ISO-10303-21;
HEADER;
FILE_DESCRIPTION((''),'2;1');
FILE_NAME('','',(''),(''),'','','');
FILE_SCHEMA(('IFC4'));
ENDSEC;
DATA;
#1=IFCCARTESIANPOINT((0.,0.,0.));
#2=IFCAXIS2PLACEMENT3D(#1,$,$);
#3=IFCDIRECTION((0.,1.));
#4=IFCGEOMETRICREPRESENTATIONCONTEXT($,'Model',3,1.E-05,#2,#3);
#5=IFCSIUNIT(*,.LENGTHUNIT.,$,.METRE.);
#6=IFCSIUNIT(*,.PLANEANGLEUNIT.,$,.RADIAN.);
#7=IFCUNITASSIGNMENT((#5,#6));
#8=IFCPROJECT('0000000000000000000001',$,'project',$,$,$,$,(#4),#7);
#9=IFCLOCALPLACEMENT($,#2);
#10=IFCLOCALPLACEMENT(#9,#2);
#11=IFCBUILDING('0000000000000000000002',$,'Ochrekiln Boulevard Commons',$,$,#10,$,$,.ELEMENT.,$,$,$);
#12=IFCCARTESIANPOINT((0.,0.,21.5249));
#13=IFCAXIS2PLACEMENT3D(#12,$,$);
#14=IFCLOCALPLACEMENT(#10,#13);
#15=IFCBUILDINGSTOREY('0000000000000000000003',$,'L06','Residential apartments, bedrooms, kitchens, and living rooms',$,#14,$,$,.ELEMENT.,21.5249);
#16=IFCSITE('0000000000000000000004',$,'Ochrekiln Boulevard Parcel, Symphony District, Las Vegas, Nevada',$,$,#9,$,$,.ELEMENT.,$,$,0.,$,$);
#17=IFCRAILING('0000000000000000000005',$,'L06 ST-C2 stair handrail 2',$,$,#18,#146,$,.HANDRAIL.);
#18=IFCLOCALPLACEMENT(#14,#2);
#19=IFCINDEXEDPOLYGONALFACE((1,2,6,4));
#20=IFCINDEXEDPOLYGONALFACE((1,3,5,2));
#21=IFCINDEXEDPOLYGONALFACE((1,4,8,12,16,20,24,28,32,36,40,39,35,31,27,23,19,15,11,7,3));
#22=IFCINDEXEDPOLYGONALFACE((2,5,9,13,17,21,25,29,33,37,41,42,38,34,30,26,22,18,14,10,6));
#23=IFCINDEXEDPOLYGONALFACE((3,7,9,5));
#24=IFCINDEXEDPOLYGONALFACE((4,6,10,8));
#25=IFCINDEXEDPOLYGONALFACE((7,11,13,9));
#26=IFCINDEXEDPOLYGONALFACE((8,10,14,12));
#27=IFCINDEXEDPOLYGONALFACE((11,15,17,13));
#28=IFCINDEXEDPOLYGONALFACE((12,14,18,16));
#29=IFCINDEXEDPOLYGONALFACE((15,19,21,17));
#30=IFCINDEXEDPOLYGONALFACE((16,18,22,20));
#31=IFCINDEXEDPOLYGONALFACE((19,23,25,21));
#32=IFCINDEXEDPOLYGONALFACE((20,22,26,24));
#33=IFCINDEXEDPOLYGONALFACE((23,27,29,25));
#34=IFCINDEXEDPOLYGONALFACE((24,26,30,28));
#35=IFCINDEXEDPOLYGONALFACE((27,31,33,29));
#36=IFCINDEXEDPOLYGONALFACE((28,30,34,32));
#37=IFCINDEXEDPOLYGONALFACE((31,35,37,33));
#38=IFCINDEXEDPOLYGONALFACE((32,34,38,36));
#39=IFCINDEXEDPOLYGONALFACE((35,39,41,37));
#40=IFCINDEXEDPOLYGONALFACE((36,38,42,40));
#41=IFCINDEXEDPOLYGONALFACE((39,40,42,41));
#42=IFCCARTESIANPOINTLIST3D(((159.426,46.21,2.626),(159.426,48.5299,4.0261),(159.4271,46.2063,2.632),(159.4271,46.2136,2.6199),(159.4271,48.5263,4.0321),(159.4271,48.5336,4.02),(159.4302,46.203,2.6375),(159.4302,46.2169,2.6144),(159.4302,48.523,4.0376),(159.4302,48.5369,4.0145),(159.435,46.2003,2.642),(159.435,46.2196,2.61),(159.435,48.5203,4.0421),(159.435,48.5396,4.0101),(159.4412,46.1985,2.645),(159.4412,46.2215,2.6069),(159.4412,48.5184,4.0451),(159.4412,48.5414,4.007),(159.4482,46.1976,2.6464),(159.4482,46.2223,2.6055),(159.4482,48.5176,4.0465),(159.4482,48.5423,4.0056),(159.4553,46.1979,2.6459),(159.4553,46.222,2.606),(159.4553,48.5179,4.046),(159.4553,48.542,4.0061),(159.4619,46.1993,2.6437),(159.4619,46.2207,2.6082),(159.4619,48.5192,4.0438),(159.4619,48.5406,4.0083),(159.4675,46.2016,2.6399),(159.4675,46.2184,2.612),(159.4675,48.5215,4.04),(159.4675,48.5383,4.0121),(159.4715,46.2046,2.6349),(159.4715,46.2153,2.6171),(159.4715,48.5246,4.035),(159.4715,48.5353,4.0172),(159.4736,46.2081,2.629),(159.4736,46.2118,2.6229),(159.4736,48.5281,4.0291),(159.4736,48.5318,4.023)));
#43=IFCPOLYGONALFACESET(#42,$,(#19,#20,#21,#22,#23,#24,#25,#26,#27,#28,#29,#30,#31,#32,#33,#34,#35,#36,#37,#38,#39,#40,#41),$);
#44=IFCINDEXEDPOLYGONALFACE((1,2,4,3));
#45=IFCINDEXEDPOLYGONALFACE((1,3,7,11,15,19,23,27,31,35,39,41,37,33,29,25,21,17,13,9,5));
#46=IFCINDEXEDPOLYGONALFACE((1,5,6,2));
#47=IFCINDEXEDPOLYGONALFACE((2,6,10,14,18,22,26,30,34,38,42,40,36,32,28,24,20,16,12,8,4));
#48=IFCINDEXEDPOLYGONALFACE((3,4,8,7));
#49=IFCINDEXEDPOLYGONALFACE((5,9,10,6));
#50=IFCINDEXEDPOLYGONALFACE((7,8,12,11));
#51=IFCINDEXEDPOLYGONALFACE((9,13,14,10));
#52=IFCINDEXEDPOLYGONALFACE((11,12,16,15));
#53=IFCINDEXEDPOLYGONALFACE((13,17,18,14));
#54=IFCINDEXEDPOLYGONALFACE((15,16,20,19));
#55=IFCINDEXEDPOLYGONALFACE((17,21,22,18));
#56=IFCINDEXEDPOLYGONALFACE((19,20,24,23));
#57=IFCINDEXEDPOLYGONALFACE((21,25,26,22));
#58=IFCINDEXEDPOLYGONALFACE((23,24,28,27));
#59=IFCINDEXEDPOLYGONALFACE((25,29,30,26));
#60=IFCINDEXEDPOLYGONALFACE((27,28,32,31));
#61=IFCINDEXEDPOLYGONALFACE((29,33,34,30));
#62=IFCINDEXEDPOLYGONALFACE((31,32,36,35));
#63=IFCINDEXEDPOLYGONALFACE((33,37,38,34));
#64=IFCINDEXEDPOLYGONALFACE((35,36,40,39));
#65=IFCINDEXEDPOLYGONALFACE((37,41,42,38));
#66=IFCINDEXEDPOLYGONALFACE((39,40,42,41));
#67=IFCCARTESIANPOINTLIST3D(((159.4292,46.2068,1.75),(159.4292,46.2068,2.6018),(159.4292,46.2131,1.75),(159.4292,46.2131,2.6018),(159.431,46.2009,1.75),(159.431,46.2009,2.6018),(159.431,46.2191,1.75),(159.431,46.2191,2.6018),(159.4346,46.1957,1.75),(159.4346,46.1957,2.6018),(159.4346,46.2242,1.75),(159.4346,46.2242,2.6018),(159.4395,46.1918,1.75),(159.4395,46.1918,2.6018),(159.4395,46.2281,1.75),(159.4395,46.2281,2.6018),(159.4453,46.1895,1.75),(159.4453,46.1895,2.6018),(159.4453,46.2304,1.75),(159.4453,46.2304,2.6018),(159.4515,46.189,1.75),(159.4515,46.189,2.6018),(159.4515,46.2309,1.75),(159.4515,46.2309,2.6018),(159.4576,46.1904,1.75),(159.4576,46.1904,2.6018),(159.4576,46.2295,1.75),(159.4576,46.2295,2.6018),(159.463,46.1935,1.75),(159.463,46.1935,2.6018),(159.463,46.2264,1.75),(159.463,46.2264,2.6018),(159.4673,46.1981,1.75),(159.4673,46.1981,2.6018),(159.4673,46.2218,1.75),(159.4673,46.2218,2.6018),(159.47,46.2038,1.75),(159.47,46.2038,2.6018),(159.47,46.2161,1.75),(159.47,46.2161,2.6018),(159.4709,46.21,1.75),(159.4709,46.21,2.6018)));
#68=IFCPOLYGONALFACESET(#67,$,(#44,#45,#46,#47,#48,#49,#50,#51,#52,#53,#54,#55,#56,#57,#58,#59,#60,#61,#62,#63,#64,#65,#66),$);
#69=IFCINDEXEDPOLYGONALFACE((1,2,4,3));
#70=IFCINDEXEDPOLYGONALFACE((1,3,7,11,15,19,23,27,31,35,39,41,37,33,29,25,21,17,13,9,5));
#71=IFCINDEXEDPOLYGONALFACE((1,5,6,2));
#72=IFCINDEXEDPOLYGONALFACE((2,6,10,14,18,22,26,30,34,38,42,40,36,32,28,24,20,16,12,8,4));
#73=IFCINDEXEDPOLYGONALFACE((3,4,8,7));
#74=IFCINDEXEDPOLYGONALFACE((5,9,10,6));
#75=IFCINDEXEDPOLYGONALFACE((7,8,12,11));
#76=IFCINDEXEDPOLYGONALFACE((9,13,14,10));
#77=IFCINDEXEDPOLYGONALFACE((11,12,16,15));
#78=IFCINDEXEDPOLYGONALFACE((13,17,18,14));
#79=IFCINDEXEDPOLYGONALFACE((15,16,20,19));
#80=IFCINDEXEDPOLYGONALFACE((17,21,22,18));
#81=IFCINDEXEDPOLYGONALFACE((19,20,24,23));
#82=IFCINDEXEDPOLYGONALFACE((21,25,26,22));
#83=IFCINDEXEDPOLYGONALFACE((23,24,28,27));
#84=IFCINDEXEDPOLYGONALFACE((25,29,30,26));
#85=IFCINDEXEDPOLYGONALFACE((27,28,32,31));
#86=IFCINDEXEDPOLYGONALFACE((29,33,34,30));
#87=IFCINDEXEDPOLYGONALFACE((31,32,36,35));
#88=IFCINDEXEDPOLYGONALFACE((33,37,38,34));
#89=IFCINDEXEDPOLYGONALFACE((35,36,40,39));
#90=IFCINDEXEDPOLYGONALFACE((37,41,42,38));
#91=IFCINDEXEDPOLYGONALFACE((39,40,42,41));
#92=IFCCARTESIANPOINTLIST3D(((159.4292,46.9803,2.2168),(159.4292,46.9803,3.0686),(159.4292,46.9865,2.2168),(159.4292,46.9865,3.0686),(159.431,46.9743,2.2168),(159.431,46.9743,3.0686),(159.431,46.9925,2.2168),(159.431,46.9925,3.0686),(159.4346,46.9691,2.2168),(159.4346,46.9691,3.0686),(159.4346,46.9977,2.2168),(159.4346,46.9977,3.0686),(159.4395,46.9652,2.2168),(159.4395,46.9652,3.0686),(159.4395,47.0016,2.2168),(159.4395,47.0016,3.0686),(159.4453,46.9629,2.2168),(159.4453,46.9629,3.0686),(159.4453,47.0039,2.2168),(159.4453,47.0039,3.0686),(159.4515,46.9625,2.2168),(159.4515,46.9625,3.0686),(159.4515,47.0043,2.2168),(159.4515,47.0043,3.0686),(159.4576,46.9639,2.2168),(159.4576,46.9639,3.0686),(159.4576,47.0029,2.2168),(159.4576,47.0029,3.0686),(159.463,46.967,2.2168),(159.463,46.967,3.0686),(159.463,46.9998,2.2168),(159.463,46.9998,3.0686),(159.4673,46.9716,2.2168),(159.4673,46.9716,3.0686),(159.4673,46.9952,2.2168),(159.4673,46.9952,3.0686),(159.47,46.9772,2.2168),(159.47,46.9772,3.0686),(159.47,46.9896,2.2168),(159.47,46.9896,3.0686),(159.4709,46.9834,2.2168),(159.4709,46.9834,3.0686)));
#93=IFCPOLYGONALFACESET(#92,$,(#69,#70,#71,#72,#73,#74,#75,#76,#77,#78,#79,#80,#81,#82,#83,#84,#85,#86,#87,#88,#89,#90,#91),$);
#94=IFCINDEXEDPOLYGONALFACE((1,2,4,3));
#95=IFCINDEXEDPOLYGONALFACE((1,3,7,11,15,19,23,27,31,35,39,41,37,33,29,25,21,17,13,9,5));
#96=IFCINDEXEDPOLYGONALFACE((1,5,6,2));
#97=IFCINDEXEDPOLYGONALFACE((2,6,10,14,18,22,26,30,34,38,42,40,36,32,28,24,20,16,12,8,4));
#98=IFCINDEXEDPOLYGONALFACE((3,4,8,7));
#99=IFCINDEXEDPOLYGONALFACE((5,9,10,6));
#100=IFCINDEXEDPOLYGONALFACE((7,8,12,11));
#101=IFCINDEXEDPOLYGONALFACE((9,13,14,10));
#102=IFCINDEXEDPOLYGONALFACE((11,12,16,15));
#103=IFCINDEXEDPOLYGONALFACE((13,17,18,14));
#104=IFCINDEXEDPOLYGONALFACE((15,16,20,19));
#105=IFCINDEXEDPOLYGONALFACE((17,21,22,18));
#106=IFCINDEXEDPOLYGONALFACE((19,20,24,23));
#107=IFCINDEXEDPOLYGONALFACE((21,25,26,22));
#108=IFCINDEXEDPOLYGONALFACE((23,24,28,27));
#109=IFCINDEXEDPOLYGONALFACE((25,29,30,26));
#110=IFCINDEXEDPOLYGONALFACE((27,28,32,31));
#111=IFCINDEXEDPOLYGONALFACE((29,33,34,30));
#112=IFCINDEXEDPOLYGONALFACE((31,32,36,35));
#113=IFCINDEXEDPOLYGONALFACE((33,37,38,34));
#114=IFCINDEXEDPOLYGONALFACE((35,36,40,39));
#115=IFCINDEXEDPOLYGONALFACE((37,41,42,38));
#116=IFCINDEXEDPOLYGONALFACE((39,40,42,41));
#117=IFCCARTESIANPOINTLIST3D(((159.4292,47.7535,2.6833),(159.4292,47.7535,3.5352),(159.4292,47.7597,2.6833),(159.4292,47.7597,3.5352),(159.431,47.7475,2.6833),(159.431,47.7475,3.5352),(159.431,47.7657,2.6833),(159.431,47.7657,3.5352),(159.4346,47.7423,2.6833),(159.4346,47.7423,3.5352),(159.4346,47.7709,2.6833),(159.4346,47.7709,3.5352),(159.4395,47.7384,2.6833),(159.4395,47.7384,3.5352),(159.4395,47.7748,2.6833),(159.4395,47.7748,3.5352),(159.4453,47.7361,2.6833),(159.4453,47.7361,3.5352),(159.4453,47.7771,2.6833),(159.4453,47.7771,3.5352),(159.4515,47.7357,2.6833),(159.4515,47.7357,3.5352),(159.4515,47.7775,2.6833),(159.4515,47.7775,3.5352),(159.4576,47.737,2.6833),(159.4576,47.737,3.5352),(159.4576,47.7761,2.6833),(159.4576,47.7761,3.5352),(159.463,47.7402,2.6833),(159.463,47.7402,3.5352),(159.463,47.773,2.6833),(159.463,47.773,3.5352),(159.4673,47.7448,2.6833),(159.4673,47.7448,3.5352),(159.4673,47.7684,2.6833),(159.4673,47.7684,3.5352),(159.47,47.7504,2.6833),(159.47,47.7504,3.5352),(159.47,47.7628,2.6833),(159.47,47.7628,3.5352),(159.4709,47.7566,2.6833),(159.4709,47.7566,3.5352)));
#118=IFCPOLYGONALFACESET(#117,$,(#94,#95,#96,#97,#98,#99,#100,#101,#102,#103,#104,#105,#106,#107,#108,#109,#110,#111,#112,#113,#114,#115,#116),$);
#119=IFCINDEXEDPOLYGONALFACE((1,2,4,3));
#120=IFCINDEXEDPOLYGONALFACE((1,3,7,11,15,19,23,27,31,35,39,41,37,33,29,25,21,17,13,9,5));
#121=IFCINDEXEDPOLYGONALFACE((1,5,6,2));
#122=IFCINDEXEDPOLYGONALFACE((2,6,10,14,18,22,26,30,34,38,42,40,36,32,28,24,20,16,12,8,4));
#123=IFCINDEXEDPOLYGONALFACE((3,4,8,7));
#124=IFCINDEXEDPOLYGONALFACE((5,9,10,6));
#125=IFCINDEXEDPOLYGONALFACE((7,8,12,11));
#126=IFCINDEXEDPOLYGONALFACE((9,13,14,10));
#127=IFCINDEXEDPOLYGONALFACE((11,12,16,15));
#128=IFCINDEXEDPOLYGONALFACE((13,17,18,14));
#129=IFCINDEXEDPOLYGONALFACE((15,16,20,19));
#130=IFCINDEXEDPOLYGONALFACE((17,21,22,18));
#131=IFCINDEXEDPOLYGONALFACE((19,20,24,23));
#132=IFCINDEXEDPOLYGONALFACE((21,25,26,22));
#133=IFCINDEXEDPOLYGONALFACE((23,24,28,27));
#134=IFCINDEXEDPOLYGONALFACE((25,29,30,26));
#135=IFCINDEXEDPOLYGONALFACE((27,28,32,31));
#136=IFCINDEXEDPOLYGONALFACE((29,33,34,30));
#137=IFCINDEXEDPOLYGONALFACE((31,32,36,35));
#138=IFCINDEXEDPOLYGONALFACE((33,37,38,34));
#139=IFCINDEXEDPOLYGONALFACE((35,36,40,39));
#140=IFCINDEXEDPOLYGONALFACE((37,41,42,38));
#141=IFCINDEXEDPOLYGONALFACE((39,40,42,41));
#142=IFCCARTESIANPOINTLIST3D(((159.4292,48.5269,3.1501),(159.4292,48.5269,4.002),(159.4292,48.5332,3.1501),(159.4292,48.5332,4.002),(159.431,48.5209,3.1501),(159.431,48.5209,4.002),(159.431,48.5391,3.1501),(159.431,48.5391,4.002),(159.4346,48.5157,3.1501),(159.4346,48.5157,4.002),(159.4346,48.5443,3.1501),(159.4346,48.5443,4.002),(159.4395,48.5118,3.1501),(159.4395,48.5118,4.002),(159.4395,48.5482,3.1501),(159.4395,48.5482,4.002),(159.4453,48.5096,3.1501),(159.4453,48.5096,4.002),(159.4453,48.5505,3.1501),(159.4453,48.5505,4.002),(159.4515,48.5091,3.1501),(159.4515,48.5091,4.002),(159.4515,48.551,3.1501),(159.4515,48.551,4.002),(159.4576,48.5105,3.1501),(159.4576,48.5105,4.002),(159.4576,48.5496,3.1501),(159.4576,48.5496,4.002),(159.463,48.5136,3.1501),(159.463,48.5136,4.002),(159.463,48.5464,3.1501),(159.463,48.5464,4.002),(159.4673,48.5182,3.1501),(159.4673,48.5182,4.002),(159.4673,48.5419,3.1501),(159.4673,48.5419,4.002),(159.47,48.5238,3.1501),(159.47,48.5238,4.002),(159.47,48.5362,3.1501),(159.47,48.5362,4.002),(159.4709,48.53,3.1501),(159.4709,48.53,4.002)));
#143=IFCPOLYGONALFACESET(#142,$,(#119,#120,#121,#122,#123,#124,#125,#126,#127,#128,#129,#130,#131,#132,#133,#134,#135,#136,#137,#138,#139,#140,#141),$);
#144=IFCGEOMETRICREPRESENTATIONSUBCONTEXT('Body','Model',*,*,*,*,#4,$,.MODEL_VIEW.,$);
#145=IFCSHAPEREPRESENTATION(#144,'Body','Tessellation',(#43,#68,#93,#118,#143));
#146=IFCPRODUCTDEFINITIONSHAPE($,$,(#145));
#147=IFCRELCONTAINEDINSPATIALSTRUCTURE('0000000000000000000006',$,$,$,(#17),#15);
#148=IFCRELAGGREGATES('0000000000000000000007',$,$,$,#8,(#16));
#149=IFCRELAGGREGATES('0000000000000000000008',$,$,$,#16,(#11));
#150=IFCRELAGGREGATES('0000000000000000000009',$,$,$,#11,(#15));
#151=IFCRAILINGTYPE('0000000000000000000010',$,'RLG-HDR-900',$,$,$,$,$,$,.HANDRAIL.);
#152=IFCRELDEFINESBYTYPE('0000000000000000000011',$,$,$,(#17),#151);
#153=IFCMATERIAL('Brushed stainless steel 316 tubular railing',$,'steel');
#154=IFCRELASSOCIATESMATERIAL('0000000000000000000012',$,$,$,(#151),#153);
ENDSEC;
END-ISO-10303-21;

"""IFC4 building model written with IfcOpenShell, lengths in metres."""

from ifc_helpers import new_model, si_unit, direction, frame, origin, origin_2d, place, context, subcontext, project, spatial, circle, extrude, material, type_object, element, save


model = new_model("IFC4")

# Units and contexts
model_context = context("Model", 3, precision=1e-05, world=origin(), true_north=direction((0.0, 1.0)))
body_context = subcontext(model_context, "Body", "Model", "MODEL_VIEW")
ifc_project = project(units=[si_unit("LENGTHUNIT", "METRE"), si_unit("PLANEANGLEUNIT", "RADIAN")], contexts=[model_context])

# Site, building, storey
site_placement = place(None, origin())
site = spatial("IfcSite", under=ifc_project, at=site_placement, Name="Ochrekiln Boulevard Parcel, Symphony District, Las Vegas, Nevada", CompositionType="ELEMENT", RefElevation=0.0)
building_placement = place(site_placement, origin())
building = spatial("IfcBuilding", under=site, at=building_placement, Name="Ochrekiln Boulevard Commons", CompositionType="ELEMENT")
storey_placement = place(building_placement, frame((0.0, 0.0, 21.5249)))
storey = spatial("IfcBuildingStorey", under=building, at=storey_placement, Name="L06", Description="Residential apartments, bedrooms, kitchens, and living rooms", CompositionType="ELEMENT", Elevation=21.5249)

# Railing
ifc_material_1 = material(Name="Brushed stainless steel 316 tubular railing", Category="steel")
railing_type_1 = type_object("IfcRailingType", Name="RLG-HDR-900", PredefinedType="HANDRAIL", material=ifc_material_1)
railing_1_placement = place(storey_placement, frame((159.45, 46.21, 1.75)))
element("IfcRailing", 1, at=railing_1_placement, inside=storey, type_object=railing_type_1, Name="L06 ST-C2 stair handrail 2", PredefinedType="HANDRAIL", context=body_context, shape_type="SweptSolid", body=[
    extrude(circle(Radius=0.0239, at=origin_2d()), frame((0.0, 0.0, 0.876), z_axis=(0.0, 0.85617, 0.516693), x_axis=(-1.0, 0.0, 0.0)), (0.0, 0.0, 1.0), 2.7097),
    extrude(circle(Radius=0.021, at=origin_2d()), origin(), (0.0, 0.0, 1.0), 0.8518),
    extrude(circle(Radius=0.021, at=origin_2d()), frame((0.0, 0.7734, 0.4668)), (0.0, 0.0, 1.0), 0.8518),
    extrude(circle(Radius=0.021, at=origin_2d()), frame((0.0, 1.5466, 0.9333)), (0.0, 0.0, 1.0), 0.8518),
    extrude(circle(Radius=0.021, at=origin_2d()), frame((0.0, 2.3201, 1.4001)), (0.0, 0.0, 1.0), 0.8518),
])

save(model, "model.ifc")
